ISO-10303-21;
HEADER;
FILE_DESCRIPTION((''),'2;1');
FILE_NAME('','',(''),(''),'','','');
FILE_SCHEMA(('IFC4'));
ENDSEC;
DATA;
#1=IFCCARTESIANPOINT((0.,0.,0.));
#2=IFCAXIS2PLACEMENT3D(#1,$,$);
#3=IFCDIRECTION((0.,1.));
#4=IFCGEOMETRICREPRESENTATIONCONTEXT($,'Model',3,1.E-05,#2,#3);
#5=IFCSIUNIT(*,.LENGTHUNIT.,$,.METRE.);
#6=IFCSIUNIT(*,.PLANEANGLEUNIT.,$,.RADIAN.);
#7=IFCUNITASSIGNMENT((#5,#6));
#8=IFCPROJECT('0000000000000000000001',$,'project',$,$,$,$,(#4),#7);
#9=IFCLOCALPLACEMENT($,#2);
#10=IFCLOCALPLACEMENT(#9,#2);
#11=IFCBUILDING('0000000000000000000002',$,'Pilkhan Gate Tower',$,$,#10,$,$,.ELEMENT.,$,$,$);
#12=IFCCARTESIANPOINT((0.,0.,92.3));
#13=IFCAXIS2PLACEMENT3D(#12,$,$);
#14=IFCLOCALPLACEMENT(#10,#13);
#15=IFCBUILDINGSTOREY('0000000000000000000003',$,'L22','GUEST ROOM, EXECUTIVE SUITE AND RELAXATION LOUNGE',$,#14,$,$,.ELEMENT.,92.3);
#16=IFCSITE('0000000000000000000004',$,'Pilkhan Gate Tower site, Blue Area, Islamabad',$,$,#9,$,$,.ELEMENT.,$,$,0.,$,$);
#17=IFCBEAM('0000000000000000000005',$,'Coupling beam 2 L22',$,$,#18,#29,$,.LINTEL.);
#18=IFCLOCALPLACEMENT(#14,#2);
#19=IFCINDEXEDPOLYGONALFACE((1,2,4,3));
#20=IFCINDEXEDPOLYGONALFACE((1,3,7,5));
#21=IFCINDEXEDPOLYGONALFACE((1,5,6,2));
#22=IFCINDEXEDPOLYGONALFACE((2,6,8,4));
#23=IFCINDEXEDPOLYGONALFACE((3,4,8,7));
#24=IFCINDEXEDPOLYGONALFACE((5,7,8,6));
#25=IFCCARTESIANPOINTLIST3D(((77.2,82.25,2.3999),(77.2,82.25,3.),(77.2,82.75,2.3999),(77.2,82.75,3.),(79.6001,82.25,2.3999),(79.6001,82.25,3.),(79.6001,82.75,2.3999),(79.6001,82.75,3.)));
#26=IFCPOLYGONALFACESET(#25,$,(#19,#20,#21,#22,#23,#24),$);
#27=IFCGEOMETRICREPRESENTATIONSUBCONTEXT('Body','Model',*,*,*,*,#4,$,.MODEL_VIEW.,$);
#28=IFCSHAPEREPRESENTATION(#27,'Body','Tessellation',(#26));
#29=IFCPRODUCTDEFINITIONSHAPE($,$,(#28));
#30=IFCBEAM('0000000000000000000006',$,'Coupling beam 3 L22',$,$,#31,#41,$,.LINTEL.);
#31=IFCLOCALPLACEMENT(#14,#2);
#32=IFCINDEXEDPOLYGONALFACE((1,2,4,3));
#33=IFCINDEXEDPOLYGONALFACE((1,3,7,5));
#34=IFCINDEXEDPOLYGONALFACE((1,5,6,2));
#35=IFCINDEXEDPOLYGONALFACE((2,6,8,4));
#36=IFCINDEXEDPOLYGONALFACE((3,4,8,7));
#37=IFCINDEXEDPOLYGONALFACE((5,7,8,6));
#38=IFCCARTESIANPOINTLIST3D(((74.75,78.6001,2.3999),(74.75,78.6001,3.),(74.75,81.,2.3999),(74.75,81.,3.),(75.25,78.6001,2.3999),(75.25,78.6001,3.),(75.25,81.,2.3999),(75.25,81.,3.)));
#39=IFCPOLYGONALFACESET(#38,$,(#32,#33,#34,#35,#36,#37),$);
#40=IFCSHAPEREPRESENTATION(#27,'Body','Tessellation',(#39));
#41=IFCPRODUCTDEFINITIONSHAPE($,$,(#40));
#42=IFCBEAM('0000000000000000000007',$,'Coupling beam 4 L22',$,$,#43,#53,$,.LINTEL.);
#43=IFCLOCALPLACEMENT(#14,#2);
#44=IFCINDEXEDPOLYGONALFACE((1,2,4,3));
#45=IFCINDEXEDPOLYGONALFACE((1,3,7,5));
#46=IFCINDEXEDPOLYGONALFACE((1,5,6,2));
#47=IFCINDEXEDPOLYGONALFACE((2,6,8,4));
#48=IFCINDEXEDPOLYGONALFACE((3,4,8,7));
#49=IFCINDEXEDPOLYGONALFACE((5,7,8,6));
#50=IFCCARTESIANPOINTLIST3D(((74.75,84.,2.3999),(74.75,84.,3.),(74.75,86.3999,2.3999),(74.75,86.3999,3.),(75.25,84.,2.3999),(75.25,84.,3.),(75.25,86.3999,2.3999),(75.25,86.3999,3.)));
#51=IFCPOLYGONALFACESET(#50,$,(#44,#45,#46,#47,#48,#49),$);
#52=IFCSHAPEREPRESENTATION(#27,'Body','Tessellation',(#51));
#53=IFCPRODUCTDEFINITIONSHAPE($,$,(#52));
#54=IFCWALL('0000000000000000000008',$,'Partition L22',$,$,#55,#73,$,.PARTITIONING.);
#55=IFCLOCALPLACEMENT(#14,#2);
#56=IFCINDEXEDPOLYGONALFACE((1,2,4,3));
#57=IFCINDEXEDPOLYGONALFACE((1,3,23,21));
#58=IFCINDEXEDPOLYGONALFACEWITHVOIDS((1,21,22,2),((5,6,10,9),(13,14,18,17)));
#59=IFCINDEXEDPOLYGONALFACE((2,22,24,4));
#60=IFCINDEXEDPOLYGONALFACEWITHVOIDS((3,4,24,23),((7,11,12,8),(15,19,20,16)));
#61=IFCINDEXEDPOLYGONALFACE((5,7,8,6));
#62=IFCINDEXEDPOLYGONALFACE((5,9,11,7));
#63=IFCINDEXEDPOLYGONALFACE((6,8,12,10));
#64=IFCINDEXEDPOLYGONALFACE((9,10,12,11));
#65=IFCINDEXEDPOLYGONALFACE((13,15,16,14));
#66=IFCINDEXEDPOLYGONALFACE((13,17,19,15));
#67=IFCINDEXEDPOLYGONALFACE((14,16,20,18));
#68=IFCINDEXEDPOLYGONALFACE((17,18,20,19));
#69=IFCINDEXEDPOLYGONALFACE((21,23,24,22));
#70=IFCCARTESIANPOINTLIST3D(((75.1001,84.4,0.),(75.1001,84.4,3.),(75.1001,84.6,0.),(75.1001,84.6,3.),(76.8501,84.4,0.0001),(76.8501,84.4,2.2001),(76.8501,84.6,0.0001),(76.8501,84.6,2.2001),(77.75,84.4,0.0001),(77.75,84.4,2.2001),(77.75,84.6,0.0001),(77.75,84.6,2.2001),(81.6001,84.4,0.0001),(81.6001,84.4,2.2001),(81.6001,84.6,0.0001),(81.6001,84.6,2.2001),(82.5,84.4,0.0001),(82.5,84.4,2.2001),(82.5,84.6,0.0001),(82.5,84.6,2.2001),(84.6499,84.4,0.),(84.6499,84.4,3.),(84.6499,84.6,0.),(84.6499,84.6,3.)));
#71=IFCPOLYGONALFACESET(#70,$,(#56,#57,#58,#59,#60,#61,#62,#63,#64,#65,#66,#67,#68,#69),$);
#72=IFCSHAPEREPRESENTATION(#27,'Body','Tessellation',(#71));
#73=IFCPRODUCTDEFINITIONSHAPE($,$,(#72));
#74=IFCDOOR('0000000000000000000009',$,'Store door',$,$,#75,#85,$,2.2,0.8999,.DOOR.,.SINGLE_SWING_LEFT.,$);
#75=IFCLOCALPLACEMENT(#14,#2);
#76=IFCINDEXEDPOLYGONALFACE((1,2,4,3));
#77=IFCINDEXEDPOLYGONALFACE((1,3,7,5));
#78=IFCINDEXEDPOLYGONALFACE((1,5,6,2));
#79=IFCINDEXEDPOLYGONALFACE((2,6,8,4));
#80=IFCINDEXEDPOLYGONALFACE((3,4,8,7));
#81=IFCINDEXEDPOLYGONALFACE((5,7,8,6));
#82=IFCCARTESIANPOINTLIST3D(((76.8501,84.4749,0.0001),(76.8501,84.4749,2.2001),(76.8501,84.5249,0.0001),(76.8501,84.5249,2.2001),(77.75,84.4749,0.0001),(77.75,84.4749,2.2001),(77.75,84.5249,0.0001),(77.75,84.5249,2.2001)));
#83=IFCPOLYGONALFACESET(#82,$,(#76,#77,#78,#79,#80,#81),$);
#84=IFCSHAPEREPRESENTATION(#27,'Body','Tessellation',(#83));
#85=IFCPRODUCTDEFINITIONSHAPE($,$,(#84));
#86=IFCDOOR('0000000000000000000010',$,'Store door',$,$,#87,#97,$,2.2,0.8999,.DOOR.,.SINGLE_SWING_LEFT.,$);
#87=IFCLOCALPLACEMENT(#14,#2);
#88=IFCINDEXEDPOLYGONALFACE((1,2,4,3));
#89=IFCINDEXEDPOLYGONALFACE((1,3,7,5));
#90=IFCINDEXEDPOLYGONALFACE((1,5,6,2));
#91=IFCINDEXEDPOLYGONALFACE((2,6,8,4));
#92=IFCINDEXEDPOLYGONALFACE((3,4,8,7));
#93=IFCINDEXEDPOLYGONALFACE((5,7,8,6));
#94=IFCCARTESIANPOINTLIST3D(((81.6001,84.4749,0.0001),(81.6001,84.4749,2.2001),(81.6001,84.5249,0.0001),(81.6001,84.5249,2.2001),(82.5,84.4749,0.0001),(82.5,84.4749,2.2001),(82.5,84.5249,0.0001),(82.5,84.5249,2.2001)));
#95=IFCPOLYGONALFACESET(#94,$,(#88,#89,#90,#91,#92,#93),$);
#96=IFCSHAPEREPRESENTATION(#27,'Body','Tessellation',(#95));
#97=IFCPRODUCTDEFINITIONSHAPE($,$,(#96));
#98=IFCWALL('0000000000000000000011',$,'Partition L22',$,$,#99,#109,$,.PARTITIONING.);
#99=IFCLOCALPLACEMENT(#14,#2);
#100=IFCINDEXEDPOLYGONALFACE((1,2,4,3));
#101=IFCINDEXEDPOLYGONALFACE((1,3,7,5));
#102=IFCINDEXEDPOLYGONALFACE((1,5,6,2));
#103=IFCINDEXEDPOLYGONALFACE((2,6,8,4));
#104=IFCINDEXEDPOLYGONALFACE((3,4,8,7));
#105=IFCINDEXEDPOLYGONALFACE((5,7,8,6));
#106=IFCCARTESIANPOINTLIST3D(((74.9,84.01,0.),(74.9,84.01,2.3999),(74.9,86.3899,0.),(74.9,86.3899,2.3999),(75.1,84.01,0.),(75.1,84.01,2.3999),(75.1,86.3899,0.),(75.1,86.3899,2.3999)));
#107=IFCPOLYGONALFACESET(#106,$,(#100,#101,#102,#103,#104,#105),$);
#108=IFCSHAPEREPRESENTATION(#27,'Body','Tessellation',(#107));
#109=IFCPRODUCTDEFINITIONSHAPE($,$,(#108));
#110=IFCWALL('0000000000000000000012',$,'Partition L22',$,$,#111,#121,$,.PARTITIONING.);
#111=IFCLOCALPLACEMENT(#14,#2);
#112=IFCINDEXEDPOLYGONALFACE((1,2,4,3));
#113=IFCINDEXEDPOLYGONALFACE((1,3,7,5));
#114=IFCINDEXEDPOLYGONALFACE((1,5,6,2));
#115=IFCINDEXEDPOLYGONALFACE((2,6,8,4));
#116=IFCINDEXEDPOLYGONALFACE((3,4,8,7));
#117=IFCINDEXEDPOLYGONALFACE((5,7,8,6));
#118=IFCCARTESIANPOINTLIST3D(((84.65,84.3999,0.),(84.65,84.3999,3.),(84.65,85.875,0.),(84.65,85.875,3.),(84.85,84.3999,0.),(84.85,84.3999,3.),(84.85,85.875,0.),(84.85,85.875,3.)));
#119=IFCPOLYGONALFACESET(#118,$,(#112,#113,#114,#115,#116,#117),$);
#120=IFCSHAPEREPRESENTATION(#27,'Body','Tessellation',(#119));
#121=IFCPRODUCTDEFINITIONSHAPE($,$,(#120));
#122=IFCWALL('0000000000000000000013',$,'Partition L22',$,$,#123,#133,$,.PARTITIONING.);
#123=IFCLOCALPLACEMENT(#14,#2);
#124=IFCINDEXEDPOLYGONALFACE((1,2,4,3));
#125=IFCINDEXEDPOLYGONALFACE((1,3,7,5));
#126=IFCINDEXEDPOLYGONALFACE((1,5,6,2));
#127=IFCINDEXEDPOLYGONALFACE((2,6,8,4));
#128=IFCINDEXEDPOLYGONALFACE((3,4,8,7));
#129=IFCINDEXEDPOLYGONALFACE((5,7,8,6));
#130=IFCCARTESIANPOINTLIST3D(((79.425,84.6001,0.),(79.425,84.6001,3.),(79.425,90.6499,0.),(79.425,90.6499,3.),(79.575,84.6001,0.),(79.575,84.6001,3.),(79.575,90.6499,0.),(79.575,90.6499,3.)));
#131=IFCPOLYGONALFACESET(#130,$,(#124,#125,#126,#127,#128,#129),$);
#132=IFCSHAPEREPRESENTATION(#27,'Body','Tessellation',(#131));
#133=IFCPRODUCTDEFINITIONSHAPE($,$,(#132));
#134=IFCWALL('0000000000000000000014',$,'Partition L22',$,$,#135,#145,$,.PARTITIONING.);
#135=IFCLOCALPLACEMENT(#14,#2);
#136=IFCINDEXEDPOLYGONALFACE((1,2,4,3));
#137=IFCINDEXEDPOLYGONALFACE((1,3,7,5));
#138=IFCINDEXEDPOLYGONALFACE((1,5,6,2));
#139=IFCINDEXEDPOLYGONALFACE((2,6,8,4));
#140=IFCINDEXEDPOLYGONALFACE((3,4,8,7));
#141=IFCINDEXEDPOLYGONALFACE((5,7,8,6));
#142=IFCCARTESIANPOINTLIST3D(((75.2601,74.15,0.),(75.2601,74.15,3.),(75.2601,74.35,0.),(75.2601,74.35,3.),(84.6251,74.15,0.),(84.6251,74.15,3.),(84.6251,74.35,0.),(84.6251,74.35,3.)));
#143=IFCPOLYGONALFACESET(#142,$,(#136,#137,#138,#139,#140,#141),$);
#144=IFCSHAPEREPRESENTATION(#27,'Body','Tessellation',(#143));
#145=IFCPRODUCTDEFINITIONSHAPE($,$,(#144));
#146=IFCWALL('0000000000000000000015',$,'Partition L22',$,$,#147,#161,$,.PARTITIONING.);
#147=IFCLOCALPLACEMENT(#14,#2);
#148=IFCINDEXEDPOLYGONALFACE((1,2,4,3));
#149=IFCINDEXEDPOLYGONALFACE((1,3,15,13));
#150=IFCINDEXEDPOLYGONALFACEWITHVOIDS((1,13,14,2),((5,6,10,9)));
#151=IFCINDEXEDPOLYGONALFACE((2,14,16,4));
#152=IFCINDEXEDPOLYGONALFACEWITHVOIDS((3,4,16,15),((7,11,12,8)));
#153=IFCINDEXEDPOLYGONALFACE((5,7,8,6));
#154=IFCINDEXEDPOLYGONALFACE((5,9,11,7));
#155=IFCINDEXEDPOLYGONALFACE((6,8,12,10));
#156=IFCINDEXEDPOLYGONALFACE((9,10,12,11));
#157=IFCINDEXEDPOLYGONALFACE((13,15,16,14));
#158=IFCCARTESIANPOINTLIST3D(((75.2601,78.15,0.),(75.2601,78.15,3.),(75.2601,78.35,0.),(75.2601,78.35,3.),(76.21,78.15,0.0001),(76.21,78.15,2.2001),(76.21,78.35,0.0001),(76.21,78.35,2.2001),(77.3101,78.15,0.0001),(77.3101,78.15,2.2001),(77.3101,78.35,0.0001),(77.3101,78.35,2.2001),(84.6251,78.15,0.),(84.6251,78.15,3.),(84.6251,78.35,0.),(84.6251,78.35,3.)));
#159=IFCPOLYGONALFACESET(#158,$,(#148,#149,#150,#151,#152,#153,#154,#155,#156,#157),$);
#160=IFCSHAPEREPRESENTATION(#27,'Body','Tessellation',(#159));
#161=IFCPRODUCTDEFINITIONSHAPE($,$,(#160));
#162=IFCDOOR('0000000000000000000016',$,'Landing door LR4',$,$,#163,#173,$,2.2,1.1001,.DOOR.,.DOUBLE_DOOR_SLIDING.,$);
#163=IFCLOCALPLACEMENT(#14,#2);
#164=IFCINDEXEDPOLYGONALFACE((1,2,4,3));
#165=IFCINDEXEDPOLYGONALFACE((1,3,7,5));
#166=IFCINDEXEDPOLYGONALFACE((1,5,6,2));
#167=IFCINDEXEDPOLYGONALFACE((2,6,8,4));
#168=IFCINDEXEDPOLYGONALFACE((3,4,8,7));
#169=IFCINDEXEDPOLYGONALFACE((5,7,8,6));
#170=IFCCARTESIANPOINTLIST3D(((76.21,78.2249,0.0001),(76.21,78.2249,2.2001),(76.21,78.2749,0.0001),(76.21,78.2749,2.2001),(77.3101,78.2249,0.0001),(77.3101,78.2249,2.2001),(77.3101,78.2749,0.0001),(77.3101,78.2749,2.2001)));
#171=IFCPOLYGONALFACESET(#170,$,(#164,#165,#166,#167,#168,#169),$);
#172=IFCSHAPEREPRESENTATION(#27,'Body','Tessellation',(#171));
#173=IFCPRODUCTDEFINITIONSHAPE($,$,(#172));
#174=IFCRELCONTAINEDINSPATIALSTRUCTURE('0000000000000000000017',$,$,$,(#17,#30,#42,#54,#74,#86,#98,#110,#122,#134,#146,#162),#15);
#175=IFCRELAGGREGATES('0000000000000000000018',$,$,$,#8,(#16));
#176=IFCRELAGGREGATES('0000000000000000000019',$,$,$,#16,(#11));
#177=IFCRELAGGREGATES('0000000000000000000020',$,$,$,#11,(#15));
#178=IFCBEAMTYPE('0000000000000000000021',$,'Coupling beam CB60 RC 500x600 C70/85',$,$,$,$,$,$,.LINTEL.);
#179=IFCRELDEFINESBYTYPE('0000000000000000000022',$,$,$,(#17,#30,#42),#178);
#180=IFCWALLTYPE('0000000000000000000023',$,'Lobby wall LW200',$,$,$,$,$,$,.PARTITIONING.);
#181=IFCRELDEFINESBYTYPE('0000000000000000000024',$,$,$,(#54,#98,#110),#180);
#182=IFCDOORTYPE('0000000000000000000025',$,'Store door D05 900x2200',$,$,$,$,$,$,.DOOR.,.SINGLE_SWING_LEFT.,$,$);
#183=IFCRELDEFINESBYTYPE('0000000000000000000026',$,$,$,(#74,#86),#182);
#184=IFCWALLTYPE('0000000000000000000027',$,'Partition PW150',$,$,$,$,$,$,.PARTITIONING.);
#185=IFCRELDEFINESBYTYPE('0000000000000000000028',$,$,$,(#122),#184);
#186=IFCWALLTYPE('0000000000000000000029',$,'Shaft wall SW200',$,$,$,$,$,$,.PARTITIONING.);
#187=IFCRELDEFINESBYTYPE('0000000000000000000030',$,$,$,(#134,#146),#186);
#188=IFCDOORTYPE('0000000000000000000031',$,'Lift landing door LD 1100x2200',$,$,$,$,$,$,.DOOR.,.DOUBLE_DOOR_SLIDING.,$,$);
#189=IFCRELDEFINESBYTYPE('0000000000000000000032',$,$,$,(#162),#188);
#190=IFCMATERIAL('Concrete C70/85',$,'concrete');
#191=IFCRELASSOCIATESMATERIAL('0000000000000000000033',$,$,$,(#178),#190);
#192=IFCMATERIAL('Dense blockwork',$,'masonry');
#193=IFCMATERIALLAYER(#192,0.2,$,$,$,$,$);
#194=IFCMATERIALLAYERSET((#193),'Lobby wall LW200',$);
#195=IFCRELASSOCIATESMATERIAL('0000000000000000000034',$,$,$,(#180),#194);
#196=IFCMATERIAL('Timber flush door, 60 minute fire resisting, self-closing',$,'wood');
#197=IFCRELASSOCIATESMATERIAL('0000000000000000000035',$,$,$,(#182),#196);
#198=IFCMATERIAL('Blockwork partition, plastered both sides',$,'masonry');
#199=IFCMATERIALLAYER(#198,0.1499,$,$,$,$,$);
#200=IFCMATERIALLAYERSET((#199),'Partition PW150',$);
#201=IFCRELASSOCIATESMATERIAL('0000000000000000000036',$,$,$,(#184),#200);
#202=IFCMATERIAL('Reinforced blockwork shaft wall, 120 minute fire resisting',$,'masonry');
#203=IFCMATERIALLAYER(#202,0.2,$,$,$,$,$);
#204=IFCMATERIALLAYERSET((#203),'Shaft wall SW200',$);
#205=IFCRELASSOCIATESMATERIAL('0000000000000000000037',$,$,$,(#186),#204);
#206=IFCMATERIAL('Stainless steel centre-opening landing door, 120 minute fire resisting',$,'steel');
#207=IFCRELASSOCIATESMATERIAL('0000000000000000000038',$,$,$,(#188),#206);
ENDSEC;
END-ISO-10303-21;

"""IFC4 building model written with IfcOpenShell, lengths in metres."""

from ifc_helpers import new_model, si_unit, direction, frame, frame_2d, origin, origin_2d, place, context, subcontext, project, spatial, rectangle, extrude, material, layer, layer_set, material_profile, profile_set, type_object, element, fill, save


model = new_model("IFC4")

# Units and contexts
model_context = context("Model", 3, precision=1e-05, world=origin(), true_north=direction((0.0, 1.0)))
body_context = subcontext(model_context, "Body", "Model", "MODEL_VIEW")
ifc_project = project(units=[si_unit("LENGTHUNIT", "METRE"), si_unit("PLANEANGLEUNIT", "RADIAN")], contexts=[model_context])

# Site, building, storey
site_placement = place(None, origin())
site = spatial("IfcSite", under=ifc_project, at=site_placement, Name="Pilkhan Gate Tower site, Blue Area, Islamabad", CompositionType="ELEMENT", RefElevation=0.0)
building_placement = place(site_placement, origin())
building = spatial("IfcBuilding", under=site, at=building_placement, Name="Pilkhan Gate Tower", CompositionType="ELEMENT")
storey_placement = place(building_placement, frame((0.0, 0.0, 92.3)))
storey = spatial("IfcBuildingStorey", under=building, at=storey_placement, Name="L22", Description="GUEST ROOM, EXECUTIVE SUITE AND RELAXATION LOUNGE", CompositionType="ELEMENT", Elevation=92.3)

# Beams
ifc_material_1 = material(Name="Concrete C70/85", Category="concrete")
ifc_material_profile = material_profile(ifc_material_1, rectangle(XDim=0.5, YDim=0.6001, at=origin_2d()), Name="RC 500x600")
ifc_profile_set = profile_set([ifc_material_profile], Name="Concrete C70/85")
beam_type = type_object("IfcBeamType", Name="Coupling beam CB60 RC 500x600 C70/85", PredefinedType="LINTEL", material=ifc_profile_set)
beam_placement = place(storey_placement, frame((77.2, 82.5, 2.7), z_axis=(1.0, 0.0, 0.0), x_axis=(0.0, 1.0, 0.0)))
element("IfcBeam", 1, at=beam_placement, inside=storey, type_object=beam_type, Name="Coupling beam 2 L22", PredefinedType="LINTEL", context=body_context, shape_type="SweptSolid", body=[
    extrude(rectangle(XDim=0.5, YDim=0.6001, at=origin_2d()), origin(), (0.0, 0.0, 1.0), 2.4001),
])
for number, where, z_axis, x_axis, name in (
    (2, (75.0, 78.6001, 2.7), (0.0, 1.0, 0.0), (-1.0, 0.0, 0.0), "Coupling beam 3 L22"),
    (3, (75.0, 84.0, 2.7), (0.0, 1.0, 0.0), (-1.0, 0.0, 0.0), "Coupling beam 4 L22"),
):
    element("IfcBeam", number, at=place(storey_placement, frame(where, z_axis=z_axis, x_axis=x_axis)), inside=storey, type_object=beam_type, Name=name, PredefinedType="LINTEL", context=body_context, shape_type="SweptSolid", body=[
        extrude(rectangle(XDim=0.5, YDim=0.6001, at=origin_2d()), origin(), (0.0, 0.0, 1.0), 2.3999),
    ])

# Wall, openings, doors
ifc_material_2 = material(Name="Dense blockwork", Category="masonry")
ifc_layer_1 = layer(ifc_material_2, 0.2)
ifc_layer_set_1 = layer_set([ifc_layer_1], Name="Lobby wall LW200")
wall_type_1 = type_object("IfcWallType", Name="Lobby wall LW200", PredefinedType="PARTITIONING", material=ifc_layer_set_1)
wall_1_placement = place(storey_placement, frame((75.1001, 84.5, 0.0), z_axis=(0.0, 0.0, 1.0), x_axis=(1.0, 0.0, 0.0)))
wall_1 = element("IfcWall", 4, at=wall_1_placement, inside=storey, type_object=wall_type_1, Name="Partition L22", PredefinedType="PARTITIONING", context=body_context, shape_type="SweptSolid", body=[
    extrude(rectangle(XDim=9.5498, YDim=0.2, at=frame_2d((4.7749, 0.0))), origin(), (0.0, 0.0, 1.0), 3.0),
])
opening_1_placement = place(wall_1_placement, frame((1.75, 0.0, 0.0)))
opening_1 = element("IfcOpeningElement", 5, at=opening_1_placement, cuts=wall_1, PredefinedType="OPENING", context=body_context, shape_type="SweptSolid", body=[
    extrude(rectangle(XDim=0.8999, YDim=2.2, at=frame_2d((0.45, 1.1001))), frame((0.0, 0.1099, 0.0), z_axis=(0.0, -1.0, 0.0), x_axis=(1.0, 0.0, 0.0)), (0.0, 0.0, 1.0), 0.22),
])
opening_2_placement = place(wall_1_placement, frame((6.5, 0.0, 0.0)))
opening_2 = element("IfcOpeningElement", 6, at=opening_2_placement, cuts=wall_1, PredefinedType="OPENING", context=body_context, shape_type="SweptSolid", body=[
    extrude(rectangle(XDim=0.8999, YDim=2.2, at=frame_2d((0.45, 1.1001))), frame((0.0, 0.1099, 0.0), z_axis=(0.0, -1.0, 0.0), x_axis=(1.0, 0.0, 0.0)), (0.0, 0.0, 1.0), 0.22),
])
ifc_material_3 = material(Name="Timber flush door, 60 minute fire resisting, self-closing", Category="wood")
door_type_1 = type_object("IfcDoorType", Name="Store door D05 900x2200", OperationType="SINGLE_SWING_LEFT", PredefinedType="DOOR", material=ifc_material_3)
door_1_placement = place(opening_1_placement, origin())
door_1 = element("IfcDoor", 7, at=door_1_placement, inside=storey, type_object=door_type_1, Name="Store door", OperationType="SINGLE_SWING_LEFT", OverallHeight=2.2, OverallWidth=0.8999, PredefinedType="DOOR", context=body_context, shape_type="SweptSolid", body=[
    extrude(rectangle(XDim=0.8999, YDim=2.2, at=frame_2d((0.45, 1.1001))), frame((0.0, 0.0249, 0.0), z_axis=(0.0, -1.0, 0.0), x_axis=(1.0, 0.0, 0.0)), (0.0, 0.0, 1.0), 0.05),
])
fill(opening_1, door_1)
door_2_placement = place(opening_2_placement, origin())
door_2 = element("IfcDoor", 8, at=door_2_placement, inside=storey, type_object=door_type_1, Name="Store door", OperationType="SINGLE_SWING_LEFT", OverallHeight=2.2, OverallWidth=0.8999, PredefinedType="DOOR", context=body_context, shape_type="SweptSolid", body=[
    extrude(rectangle(XDim=0.8999, YDim=2.2, at=frame_2d((0.45, 1.1001))), frame((0.0, 0.0249, 0.0), z_axis=(0.0, -1.0, 0.0), x_axis=(1.0, 0.0, 0.0)), (0.0, 0.0, 1.0), 0.05),
])
fill(opening_2, door_2)

# Walls
wall_2_placement = place(storey_placement, frame((75.0, 84.01, 0.0), z_axis=(0.0, 0.0, 1.0), x_axis=(0.0, 1.0, 0.0)))
element("IfcWall", 9, at=wall_2_placement, inside=storey, type_object=wall_type_1, Name="Partition L22", PredefinedType="PARTITIONING", context=body_context, shape_type="SweptSolid", body=[
    extrude(rectangle(XDim=2.3799, YDim=0.2, at=frame_2d((1.1899, 0.0))), origin(), (0.0, 0.0, 1.0), 2.3999),
])
wall_3_placement = place(storey_placement, frame((84.75, 84.3999, 0.0), z_axis=(0.0, 0.0, 1.0), x_axis=(0.0, 1.0, 0.0)))
element("IfcWall", 10, at=wall_3_placement, inside=storey, type_object=wall_type_1, Name="Partition L22", PredefinedType="PARTITIONING", context=body_context, shape_type="SweptSolid", body=[
    extrude(rectangle(XDim=1.4751, YDim=0.2, at=frame_2d((0.7375, 0.0))), origin(), (0.0, 0.0, 1.0), 3.0),
])
ifc_material_4 = material(Name="Blockwork partition, plastered both sides", Category="masonry")
ifc_layer_2 = layer(ifc_material_4, 0.1499)
ifc_layer_set_2 = layer_set([ifc_layer_2], Name="Partition PW150")
wall_type_2 = type_object("IfcWallType", Name="Partition PW150", PredefinedType="PARTITIONING", material=ifc_layer_set_2)
wall_4_placement = place(storey_placement, frame((79.5, 84.6001, 0.0), z_axis=(0.0, 0.0, 1.0), x_axis=(0.0, 1.0, 0.0)))
element("IfcWall", 11, at=wall_4_placement, inside=storey, type_object=wall_type_2, Name="Partition L22", PredefinedType="PARTITIONING", context=body_context, shape_type="SweptSolid", body=[
    extrude(rectangle(XDim=6.0498, YDim=0.1499, at=frame_2d((3.0249, 0.0))), origin(), (0.0, 0.0, 1.0), 3.0),
])
ifc_material_5 = material(Name="Reinforced blockwork shaft wall, 120 minute fire resisting", Category="masonry")
ifc_layer_3 = layer(ifc_material_5, 0.2)
ifc_layer_set_3 = layer_set([ifc_layer_3], Name="Shaft wall SW200")
wall_type_3 = type_object("IfcWallType", Name="Shaft wall SW200", PredefinedType="PARTITIONING", material=ifc_layer_set_3)
wall_5_placement = place(storey_placement, frame((75.26, 74.25, 0.0), z_axis=(0.0, 0.0, 1.0), x_axis=(1.0, 0.0, 0.0)))
element("IfcWall", 12, at=wall_5_placement, inside=storey, type_object=wall_type_3, Name="Partition L22", PredefinedType="PARTITIONING", context=body_context, shape_type="SweptSolid", body=[
    extrude(rectangle(XDim=9.365, YDim=0.2, at=frame_2d((4.6826, 0.0))), origin(), (0.0, 0.0, 1.0), 3.0),
])

# Wall, opening, door
wall_6_placement = place(storey_placement, frame((75.26, 78.25, 0.0), z_axis=(0.0, 0.0, 1.0), x_axis=(1.0, 0.0, 0.0)))
wall_6 = element("IfcWall", 13, at=wall_6_placement, inside=storey, type_object=wall_type_3, Name="Partition L22", PredefinedType="PARTITIONING", context=body_context, shape_type="SweptSolid", body=[
    extrude(rectangle(XDim=9.365, YDim=0.2, at=frame_2d((4.6826, 0.0))), origin(), (0.0, 0.0, 1.0), 3.0),
])
opening_3_placement = place(wall_6_placement, frame((0.95, 0.0, 0.0)))
opening_3 = element("IfcOpeningElement", 14, at=opening_3_placement, cuts=wall_6, PredefinedType="OPENING", context=body_context, shape_type="SweptSolid", body=[
    extrude(rectangle(XDim=1.1001, YDim=2.2, at=frame_2d((0.55, 1.1001))), frame((0.0, 0.1099, 0.0), z_axis=(0.0, -1.0, 0.0), x_axis=(1.0, 0.0, 0.0)), (0.0, 0.0, 1.0), 0.22),
])
ifc_material_6 = material(Name="Stainless steel centre-opening landing door, 120 minute fire resisting", Category="steel")
door_type_2 = type_object("IfcDoorType", Name="Lift landing door LD 1100x2200", OperationType="DOUBLE_DOOR_SLIDING", PredefinedType="DOOR", material=ifc_material_6)
door_3_placement = place(opening_3_placement, origin())
door_3 = element("IfcDoor", 15, at=door_3_placement, inside=storey, type_object=door_type_2, Name="Landing door LR4", OperationType="DOUBLE_DOOR_SLIDING", OverallHeight=2.2, OverallWidth=1.1001, PredefinedType="DOOR", context=body_context, shape_type="SweptSolid", body=[
    extrude(rectangle(XDim=1.1001, YDim=2.2, at=frame_2d((0.55, 1.1001))), frame((0.0, 0.0249, 0.0), z_axis=(0.0, -1.0, 0.0), x_axis=(1.0, 0.0, 0.0)), (0.0, 0.0, 1.0), 0.05),
])
fill(opening_3, door_3)

save(model, "model.ifc")
